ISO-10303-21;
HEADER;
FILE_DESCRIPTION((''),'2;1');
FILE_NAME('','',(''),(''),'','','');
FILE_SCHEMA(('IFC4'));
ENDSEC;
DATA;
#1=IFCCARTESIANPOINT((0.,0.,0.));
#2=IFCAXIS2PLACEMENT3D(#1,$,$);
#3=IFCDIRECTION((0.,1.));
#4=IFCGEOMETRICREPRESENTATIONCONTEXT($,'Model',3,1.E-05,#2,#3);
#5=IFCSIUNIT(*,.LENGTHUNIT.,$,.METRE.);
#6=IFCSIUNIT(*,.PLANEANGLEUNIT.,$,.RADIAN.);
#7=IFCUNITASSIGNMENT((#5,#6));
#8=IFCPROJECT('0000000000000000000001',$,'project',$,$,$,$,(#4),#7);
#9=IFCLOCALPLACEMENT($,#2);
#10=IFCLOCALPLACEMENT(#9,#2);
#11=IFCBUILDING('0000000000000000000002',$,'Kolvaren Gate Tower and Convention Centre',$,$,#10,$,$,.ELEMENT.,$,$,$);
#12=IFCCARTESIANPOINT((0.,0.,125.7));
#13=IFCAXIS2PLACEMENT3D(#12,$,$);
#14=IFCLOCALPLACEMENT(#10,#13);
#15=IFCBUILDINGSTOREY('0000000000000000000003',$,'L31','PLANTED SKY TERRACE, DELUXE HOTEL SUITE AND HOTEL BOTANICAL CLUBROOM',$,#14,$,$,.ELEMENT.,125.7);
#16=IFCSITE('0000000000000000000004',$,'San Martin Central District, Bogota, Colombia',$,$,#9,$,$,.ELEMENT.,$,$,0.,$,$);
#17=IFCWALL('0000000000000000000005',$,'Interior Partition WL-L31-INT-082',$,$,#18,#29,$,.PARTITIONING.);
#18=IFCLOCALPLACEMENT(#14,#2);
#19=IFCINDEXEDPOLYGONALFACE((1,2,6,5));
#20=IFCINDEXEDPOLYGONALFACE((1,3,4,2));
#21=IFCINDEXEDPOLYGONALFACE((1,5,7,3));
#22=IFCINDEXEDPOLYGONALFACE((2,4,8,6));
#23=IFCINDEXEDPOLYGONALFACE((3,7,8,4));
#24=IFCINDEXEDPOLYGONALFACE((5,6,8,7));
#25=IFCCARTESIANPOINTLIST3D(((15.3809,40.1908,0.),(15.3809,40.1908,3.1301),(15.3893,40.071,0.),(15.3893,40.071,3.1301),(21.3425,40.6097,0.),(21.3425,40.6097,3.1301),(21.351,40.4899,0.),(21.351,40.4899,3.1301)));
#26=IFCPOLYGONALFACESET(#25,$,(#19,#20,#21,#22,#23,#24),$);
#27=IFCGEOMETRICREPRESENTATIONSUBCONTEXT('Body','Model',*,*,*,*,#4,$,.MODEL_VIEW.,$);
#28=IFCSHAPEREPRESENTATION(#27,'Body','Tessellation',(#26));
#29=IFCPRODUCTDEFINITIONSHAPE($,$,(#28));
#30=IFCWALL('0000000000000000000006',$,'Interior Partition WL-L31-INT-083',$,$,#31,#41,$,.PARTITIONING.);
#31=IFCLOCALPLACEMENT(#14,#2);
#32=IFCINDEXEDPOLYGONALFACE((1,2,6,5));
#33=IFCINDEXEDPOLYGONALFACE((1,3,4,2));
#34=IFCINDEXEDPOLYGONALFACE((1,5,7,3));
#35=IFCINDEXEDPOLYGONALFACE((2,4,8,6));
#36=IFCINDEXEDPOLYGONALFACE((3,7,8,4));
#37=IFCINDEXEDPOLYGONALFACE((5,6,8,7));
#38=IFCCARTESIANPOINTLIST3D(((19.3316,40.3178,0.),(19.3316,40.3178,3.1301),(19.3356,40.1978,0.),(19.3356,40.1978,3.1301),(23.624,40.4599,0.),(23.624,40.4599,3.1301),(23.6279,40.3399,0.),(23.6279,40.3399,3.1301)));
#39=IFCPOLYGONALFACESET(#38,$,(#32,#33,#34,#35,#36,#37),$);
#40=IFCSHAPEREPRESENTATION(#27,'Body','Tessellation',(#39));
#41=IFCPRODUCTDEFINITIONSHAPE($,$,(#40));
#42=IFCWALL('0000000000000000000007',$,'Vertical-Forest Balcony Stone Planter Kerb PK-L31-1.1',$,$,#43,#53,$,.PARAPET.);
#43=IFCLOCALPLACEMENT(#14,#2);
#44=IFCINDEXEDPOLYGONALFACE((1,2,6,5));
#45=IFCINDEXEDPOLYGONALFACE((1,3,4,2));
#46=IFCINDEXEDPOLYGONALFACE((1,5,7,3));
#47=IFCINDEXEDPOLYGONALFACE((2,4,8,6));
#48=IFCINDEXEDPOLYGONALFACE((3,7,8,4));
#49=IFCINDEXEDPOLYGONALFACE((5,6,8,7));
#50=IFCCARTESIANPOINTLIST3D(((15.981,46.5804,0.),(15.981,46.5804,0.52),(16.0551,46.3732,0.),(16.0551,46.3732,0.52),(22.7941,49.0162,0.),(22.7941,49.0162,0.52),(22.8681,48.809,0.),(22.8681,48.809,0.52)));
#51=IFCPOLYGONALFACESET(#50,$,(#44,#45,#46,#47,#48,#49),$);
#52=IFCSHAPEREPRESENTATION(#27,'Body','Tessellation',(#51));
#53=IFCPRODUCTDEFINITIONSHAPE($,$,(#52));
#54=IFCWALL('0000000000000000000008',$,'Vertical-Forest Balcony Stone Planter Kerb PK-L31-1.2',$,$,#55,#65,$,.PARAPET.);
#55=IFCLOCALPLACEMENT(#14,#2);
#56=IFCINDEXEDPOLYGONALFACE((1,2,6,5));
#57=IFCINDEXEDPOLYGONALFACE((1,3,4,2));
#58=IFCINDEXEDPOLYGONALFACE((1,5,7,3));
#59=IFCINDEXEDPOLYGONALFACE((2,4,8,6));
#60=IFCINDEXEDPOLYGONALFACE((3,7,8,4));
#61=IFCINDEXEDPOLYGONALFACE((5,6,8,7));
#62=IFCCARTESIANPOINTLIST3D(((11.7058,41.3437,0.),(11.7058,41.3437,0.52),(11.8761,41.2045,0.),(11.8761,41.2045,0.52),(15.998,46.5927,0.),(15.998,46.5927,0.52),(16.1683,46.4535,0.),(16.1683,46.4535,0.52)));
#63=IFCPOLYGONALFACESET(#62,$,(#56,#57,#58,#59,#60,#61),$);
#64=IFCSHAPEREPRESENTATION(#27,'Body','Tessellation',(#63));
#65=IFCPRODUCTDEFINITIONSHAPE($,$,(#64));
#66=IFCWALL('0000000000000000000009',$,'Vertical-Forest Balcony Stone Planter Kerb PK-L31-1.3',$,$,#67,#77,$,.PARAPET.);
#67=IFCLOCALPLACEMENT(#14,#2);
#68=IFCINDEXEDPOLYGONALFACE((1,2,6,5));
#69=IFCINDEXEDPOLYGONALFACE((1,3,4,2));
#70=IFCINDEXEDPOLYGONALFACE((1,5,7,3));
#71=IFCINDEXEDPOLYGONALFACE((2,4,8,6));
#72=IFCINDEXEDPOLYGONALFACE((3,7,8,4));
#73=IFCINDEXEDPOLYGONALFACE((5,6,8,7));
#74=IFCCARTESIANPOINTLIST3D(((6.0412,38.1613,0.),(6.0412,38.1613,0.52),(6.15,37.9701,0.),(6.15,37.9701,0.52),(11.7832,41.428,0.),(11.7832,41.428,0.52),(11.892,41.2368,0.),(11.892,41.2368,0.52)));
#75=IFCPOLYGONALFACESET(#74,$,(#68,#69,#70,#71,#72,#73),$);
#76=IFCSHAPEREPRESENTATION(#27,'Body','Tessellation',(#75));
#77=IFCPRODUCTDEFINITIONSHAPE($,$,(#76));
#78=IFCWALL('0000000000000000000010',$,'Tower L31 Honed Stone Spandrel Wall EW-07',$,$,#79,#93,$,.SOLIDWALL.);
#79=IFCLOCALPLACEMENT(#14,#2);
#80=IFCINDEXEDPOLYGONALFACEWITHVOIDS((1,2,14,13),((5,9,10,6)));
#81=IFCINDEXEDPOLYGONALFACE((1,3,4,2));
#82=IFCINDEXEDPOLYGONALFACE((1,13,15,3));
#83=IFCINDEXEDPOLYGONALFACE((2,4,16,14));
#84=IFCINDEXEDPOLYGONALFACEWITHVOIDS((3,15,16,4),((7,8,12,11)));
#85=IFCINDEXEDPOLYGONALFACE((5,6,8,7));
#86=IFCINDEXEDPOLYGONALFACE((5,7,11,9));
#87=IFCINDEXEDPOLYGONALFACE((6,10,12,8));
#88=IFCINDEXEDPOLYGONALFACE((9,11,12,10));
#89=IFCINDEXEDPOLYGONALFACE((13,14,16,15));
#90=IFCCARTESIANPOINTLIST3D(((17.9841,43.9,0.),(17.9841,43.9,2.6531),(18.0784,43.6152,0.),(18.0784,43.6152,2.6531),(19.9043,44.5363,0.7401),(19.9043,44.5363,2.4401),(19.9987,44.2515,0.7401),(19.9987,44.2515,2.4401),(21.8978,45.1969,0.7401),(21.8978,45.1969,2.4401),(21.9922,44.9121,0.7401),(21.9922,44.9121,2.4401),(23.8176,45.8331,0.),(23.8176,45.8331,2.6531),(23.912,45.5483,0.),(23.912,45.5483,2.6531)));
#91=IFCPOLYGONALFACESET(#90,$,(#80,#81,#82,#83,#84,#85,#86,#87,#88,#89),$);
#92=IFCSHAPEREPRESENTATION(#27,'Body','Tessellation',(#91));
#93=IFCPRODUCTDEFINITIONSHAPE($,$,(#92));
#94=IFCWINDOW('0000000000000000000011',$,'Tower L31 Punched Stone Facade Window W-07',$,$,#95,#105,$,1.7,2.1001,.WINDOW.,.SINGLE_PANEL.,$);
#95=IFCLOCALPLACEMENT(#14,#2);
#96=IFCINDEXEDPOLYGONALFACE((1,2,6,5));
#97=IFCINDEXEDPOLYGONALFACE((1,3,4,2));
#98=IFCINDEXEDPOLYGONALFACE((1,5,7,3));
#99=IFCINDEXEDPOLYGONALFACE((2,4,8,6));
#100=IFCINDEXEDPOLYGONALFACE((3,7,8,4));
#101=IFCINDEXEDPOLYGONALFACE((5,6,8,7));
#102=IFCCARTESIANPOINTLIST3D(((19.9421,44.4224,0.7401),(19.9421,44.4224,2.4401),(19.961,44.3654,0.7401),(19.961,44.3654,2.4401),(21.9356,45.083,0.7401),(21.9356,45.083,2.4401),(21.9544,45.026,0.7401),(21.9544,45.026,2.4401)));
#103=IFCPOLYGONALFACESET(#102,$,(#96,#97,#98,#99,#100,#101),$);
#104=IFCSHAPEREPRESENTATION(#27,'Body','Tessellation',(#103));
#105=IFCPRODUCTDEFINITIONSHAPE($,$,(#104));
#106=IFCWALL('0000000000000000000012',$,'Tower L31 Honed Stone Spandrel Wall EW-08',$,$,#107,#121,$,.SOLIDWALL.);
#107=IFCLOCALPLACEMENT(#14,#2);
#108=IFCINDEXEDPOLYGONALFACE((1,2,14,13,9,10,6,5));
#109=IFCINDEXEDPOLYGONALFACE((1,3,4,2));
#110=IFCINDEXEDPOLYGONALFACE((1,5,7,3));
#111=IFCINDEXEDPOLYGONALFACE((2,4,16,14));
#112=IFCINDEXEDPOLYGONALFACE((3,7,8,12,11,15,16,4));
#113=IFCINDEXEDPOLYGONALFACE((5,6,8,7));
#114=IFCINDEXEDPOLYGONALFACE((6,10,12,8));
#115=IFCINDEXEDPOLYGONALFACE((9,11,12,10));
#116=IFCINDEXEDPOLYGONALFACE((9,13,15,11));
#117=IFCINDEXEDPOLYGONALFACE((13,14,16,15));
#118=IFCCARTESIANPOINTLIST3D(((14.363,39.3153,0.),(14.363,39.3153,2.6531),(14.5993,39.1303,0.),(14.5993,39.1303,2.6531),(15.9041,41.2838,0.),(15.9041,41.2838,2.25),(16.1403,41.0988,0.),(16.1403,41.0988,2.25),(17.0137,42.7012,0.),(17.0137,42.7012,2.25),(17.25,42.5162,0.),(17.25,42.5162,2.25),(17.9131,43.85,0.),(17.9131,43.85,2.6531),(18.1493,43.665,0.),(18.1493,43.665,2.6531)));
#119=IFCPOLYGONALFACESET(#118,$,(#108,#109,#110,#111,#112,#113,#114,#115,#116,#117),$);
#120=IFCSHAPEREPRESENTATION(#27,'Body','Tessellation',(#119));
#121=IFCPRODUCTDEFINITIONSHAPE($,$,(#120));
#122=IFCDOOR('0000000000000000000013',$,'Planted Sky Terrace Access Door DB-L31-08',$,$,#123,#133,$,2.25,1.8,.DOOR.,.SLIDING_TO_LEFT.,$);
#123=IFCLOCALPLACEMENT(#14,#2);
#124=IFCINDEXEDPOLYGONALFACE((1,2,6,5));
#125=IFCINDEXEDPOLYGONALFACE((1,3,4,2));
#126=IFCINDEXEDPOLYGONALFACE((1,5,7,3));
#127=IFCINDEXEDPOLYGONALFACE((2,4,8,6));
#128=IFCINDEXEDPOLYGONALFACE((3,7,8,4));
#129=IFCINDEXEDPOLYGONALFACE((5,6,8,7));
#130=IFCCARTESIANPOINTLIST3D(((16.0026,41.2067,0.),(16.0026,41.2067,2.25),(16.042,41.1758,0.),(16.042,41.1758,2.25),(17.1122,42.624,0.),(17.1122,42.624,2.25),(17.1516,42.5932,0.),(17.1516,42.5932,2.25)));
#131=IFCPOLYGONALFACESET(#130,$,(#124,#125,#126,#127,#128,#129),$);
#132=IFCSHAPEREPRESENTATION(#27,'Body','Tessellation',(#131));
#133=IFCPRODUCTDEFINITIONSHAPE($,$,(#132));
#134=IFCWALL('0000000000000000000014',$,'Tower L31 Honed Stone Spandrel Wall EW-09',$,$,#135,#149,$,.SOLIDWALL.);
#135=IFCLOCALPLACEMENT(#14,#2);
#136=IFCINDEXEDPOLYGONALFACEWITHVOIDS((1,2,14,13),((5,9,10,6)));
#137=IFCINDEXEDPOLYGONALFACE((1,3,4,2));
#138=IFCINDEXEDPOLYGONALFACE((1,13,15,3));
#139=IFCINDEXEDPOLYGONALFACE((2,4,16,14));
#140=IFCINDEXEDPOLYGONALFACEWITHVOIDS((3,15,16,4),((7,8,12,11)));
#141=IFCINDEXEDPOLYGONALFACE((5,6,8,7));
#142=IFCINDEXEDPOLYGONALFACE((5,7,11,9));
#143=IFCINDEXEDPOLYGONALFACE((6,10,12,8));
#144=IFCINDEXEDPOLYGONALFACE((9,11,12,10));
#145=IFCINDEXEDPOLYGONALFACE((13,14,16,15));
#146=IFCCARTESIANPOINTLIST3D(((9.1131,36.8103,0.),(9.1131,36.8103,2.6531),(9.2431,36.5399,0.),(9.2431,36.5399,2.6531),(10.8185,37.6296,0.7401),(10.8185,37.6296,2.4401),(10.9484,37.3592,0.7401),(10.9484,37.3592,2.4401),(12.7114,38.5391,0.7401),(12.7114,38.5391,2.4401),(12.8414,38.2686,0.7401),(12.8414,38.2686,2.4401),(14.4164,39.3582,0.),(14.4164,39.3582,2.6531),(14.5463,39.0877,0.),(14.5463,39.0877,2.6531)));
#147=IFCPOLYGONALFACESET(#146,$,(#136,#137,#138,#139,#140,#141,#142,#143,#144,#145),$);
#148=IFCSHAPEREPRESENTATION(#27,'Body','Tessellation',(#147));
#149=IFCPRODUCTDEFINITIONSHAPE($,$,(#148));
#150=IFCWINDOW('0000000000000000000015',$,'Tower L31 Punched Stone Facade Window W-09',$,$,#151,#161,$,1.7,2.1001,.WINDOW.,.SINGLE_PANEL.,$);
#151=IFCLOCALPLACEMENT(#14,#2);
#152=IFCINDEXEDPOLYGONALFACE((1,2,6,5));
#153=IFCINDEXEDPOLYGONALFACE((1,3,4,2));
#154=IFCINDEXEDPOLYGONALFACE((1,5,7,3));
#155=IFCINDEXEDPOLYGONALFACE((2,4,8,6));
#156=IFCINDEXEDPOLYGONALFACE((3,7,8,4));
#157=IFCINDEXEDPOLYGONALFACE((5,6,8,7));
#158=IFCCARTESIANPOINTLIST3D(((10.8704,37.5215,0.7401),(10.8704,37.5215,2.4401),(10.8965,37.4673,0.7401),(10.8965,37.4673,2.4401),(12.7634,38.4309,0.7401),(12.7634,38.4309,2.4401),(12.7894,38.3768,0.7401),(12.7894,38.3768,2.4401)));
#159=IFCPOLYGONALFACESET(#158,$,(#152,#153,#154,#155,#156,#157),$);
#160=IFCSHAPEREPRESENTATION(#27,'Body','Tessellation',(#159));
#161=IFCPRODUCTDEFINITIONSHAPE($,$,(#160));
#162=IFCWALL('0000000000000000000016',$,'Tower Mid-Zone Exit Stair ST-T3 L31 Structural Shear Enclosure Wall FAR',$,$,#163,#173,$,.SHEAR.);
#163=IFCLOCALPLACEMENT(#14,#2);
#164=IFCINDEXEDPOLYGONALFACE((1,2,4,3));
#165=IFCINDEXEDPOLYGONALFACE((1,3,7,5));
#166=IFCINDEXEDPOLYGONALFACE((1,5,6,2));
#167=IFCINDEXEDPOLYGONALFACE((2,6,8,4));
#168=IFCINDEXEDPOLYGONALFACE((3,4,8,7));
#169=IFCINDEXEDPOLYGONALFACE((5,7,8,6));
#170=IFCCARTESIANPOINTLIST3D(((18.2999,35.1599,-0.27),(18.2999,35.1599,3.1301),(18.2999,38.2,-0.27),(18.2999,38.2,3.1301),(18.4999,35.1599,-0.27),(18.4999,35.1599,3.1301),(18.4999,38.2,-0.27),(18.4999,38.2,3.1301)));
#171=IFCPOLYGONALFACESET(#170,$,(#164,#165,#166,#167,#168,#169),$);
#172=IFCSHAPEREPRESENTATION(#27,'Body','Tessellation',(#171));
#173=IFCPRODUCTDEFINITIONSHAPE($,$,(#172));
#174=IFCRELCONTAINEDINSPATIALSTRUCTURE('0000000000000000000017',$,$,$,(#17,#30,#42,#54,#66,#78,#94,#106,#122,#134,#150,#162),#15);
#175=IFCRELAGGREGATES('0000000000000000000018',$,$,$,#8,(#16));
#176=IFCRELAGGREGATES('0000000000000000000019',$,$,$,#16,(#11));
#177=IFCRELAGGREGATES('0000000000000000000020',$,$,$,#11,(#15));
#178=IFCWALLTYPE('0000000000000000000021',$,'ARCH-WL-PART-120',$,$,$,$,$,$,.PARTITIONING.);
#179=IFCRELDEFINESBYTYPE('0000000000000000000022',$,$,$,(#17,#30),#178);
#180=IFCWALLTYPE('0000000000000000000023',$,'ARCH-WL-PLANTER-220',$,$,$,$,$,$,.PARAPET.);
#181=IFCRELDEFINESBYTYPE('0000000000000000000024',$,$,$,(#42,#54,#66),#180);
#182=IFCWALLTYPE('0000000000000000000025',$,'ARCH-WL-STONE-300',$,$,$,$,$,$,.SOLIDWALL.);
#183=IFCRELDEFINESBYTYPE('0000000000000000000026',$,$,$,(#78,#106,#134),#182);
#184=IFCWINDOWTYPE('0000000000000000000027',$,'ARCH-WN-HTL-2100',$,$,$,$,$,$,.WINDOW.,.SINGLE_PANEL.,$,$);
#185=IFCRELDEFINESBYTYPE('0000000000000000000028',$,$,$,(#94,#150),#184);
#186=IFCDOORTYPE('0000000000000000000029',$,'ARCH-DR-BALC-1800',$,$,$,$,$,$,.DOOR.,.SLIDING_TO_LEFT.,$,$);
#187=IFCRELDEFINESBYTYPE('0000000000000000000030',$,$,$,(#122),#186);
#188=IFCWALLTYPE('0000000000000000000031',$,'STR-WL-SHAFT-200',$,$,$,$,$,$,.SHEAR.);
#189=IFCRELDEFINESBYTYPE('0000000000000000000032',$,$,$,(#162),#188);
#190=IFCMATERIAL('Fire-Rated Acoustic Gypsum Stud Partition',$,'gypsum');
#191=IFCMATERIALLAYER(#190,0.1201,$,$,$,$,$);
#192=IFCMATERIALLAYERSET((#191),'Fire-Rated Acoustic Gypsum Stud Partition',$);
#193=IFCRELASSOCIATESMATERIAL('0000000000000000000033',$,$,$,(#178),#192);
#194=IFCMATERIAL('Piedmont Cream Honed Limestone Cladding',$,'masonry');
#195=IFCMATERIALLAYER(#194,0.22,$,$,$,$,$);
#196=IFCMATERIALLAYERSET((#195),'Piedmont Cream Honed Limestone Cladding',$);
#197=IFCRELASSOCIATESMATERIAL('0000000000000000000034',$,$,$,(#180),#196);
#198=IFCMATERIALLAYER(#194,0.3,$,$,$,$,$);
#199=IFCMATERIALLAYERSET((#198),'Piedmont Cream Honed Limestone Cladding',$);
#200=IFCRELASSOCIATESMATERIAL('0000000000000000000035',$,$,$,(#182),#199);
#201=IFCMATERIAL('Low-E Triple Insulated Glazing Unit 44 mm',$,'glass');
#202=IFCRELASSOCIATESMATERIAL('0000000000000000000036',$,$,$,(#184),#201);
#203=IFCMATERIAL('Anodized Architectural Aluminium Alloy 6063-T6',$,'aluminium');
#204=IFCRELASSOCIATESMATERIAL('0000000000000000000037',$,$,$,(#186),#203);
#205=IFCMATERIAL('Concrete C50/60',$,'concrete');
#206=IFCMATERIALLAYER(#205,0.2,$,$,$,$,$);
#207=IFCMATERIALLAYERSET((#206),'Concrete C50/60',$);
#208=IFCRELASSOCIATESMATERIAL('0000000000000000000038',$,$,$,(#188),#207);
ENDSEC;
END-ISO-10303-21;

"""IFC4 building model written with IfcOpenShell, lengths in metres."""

from ifc_helpers import new_model, si_unit, direction, frame, frame_2d, origin, place, context, subcontext, project, spatial, rectangle, extrude, material, layer, layer_set, type_object, element, fill, save


model = new_model("IFC4")

# Units and contexts
model_context = context("Model", 3, precision=1e-05, world=origin(), true_north=direction((0.0, 1.0)))
body_context = subcontext(model_context, "Body", "Model", "MODEL_VIEW")
ifc_project = project(units=[si_unit("LENGTHUNIT", "METRE"), si_unit("PLANEANGLEUNIT", "RADIAN")], contexts=[model_context])

# Site, building, storey
site_placement = place(None, origin())
site = spatial("IfcSite", under=ifc_project, at=site_placement, Name="San Martin Central District, Bogota, Colombia", CompositionType="ELEMENT", RefElevation=0.0)
building_placement = place(site_placement, origin())
building = spatial("IfcBuilding", under=site, at=building_placement, Name="Kolvaren Gate Tower and Convention Centre", CompositionType="ELEMENT")
storey_placement = place(building_placement, frame((0.0, 0.0, 125.7)))
storey = spatial("IfcBuildingStorey", under=building, at=storey_placement, Name="L31", Description="PLANTED SKY TERRACE, DELUXE HOTEL SUITE AND HOTEL BOTANICAL CLUBROOM", CompositionType="ELEMENT", Elevation=125.7)

# Walls
ifc_material_1 = material(Name="Fire-Rated Acoustic Gypsum Stud Partition", Category="gypsum")
ifc_layer_1 = layer(ifc_material_1, 0.1201)
ifc_layer_set_1 = layer_set([ifc_layer_1], Name="Fire-Rated Acoustic Gypsum Stud Partition")
wall_type_1 = type_object("IfcWallType", Name="ARCH-WL-PART-120", PredefinedType="PARTITIONING", material=ifc_layer_set_1)
wall_1_placement = place(storey_placement, frame((15.385, 40.1309, 0.0), z_axis=(0.0, 0.0, 1.0), x_axis=(0.99754, 0.0701, 0.0)))
element("IfcWall", 1, at=wall_1_placement, inside=storey, type_object=wall_type_1, Name="Interior Partition WL-L31-INT-082", PredefinedType="PARTITIONING", context=body_context, shape_type="SweptSolid", body=[
    extrude(rectangle(XDim=5.9763, YDim=0.1201, at=frame_2d((2.9883, 0.0))), origin(), (0.0, 0.0, 1.0), 3.1301),
])
wall_2_placement = place(storey_placement, frame((19.3335, 40.2578, 0.0), z_axis=(0.0, 0.0, 1.0), x_axis=(0.999453, 0.033086, 0.0)))
element("IfcWall", 2, at=wall_2_placement, inside=storey, type_object=wall_type_1, Name="Interior Partition WL-L31-INT-083", PredefinedType="PARTITIONING", context=body_context, shape_type="SweptSolid", body=[
    extrude(rectangle(XDim=4.2947, YDim=0.1201, at=frame_2d((2.1475, 0.0))), origin(), (0.0, 0.0, 1.0), 3.1301),
])
ifc_material_2 = material(Name="Piedmont Cream Honed Limestone Cladding", Category="masonry")
ifc_layer_2 = layer(ifc_material_2, 0.22)
ifc_layer_set_2 = layer_set([ifc_layer_2], Name="Piedmont Cream Honed Limestone Cladding")
wall_type_2 = type_object("IfcWallType", Name="ARCH-WL-PLANTER-220", PredefinedType="PARAPET", material=ifc_layer_set_2)
wall_3_placement = place(storey_placement, frame((16.0181, 46.4768, 0.0), z_axis=(0.0, 0.0, 1.0), x_axis=(0.941629, 0.336653, 0.0)))
element("IfcWall", 3, at=wall_3_placement, inside=storey, type_object=wall_type_2, Name="Vertical-Forest Balcony Stone Planter Kerb PK-L31-1.1", PredefinedType="PARAPET", context=body_context, shape_type="SweptSolid", body=[
    extrude(rectangle(XDim=7.2354, YDim=0.22, at=frame_2d((3.6177, 0.0))), origin(), (0.0, 0.0, 1.0), 0.52),
])
wall_4_placement = place(storey_placement, frame((11.791, 41.2742, 0.0), z_axis=(0.0, 0.0, 1.0), x_axis=(0.633024, 0.774132, 0.0)))
element("IfcWall", 4, at=wall_4_placement, inside=storey, type_object=wall_type_2, Name="Vertical-Forest Balcony Stone Planter Kerb PK-L31-1.2", PredefinedType="PARAPET", context=body_context, shape_type="SweptSolid", body=[
    extrude(rectangle(XDim=6.7805, YDim=0.22, at=frame_2d((3.3901, 0.0))), origin(), (0.0, 0.0, 1.0), 0.52),
])
wall_5_placement = place(storey_placement, frame((6.0955, 38.0657, 0.0), z_axis=(0.0, 0.0, 1.0), x_axis=(0.869188, 0.494482, 0.0)))
element("IfcWall", 5, at=wall_5_placement, inside=storey, type_object=wall_type_2, Name="Vertical-Forest Balcony Stone Planter Kerb PK-L31-1.3", PredefinedType="PARAPET", context=body_context, shape_type="SweptSolid", body=[
    extrude(rectangle(XDim=6.6062, YDim=0.22, at=frame_2d((3.3032, 0.0))), origin(), (0.0, 0.0, 1.0), 0.52),
])

# Wall, opening, window
ifc_layer_3 = layer(ifc_material_2, 0.3)
ifc_layer_set_3 = layer_set([ifc_layer_3], Name="Piedmont Cream Honed Limestone Cladding")
wall_type_3 = type_object("IfcWallType", Name="ARCH-WL-STONE-300", PredefinedType="SOLIDWALL", material=ifc_layer_set_3)
wall_6_placement = place(storey_placement, frame((18.0312, 43.7576, 0.0), z_axis=(0.0, 0.0, 1.0), x_axis=(0.949238, 0.314559, 0.0)))
wall_6 = element("IfcWall", 6, at=wall_6_placement, inside=storey, type_object=wall_type_3, Name="Tower L31 Honed Stone Spandrel Wall EW-07", PredefinedType="SOLIDWALL", context=body_context, shape_type="SweptSolid", body=[
    extrude(rectangle(XDim=6.1455, YDim=0.3, at=frame_2d((3.0728, 0.0))), origin(), (0.0, 0.0, 1.0), 2.6531),
])
opening_1_placement = place(wall_6_placement, frame((2.0229, 0.0, 0.74)))
opening_1 = element("IfcOpeningElement", 7, at=opening_1_placement, cuts=wall_6, PredefinedType="OPENING", context=body_context, shape_type="SweptSolid", body=[
    extrude(rectangle(XDim=2.1001, YDim=1.7, at=frame_2d((1.05, 0.8501))), frame((0.0, 0.1599, 0.0), z_axis=(0.0, -1.0, 0.0), x_axis=(1.0, 0.0, 0.0)), (0.0, 0.0, 1.0), 0.3201),
])
ifc_material_3 = material(Name="Low-E Triple Insulated Glazing Unit 44 mm", Category="glass")
window_type = type_object("IfcWindowType", Name="ARCH-WN-HTL-2100", PartitioningType="SINGLE_PANEL", PredefinedType="WINDOW", material=ifc_material_3)
window_1_placement = place(opening_1_placement, origin())
window_1 = element("IfcWindow", 8, at=window_1_placement, inside=storey, type_object=window_type, Name="Tower L31 Punched Stone Facade Window W-07", OverallHeight=1.7, OverallWidth=2.1001, PartitioningType="SINGLE_PANEL", PredefinedType="WINDOW", context=body_context, shape_type="SweptSolid", body=[
    extrude(rectangle(XDim=2.1001, YDim=1.7, at=frame_2d((1.05, 0.8501))), frame((0.0, 0.03, 0.0), z_axis=(0.0, -1.0, 0.0), x_axis=(1.0, 0.0, 0.0)), (0.0, 0.0, 1.0), 0.0601),
])
fill(opening_1, window_1)

# Wall, opening, door
wall_7_placement = place(storey_placement, frame((14.4812, 39.2229, 0.0), z_axis=(0.0, 0.0, 1.0), x_axis=(0.616435, 0.787406, 0.0)))
wall_7 = element("IfcWall", 9, at=wall_7_placement, inside=storey, type_object=wall_type_3, Name="Tower L31 Honed Stone Spandrel Wall EW-08", PredefinedType="SOLIDWALL", context=body_context, shape_type="SweptSolid", body=[
    extrude(rectangle(XDim=5.759, YDim=0.3, at=frame_2d((2.8794, 0.0))), origin(), (0.0, 0.0, 1.0), 2.6531),
])
opening_2_placement = place(wall_7_placement, frame((2.5, 0.0, 0.0)))
opening_2 = element("IfcOpeningElement", 10, at=opening_2_placement, cuts=wall_7, PredefinedType="OPENING", context=body_context, shape_type="SweptSolid", body=[
    extrude(rectangle(XDim=1.8, YDim=2.25, at=frame_2d((0.8999, 1.125))), frame((0.0, 0.1599, 0.0), z_axis=(0.0, -1.0, 0.0), x_axis=(1.0, 0.0, 0.0)), (0.0, 0.0, 1.0), 0.3201),
])
ifc_material_4 = material(Name="Anodized Architectural Aluminium Alloy 6063-T6", Category="aluminium")
door_type = type_object("IfcDoorType", Name="ARCH-DR-BALC-1800", OperationType="SLIDING_TO_LEFT", PredefinedType="DOOR", material=ifc_material_4)
door_placement = place(opening_2_placement, origin())
door = element("IfcDoor", 11, at=door_placement, inside=storey, type_object=door_type, Name="Planted Sky Terrace Access Door DB-L31-08", OperationType="SLIDING_TO_LEFT", OverallHeight=2.25, OverallWidth=1.8, PredefinedType="DOOR", context=body_context, shape_type="SweptSolid", body=[
    extrude(rectangle(XDim=1.8, YDim=2.25, at=frame_2d((0.8999, 1.125))), frame((0.0, 0.0249, 0.0), z_axis=(0.0, -1.0, 0.0), x_axis=(1.0, 0.0, 0.0)), (0.0, 0.0, 1.0), 0.05),
])
fill(opening_2, door)

# Wall, opening, window
wall_8_placement = place(storey_placement, frame((9.178, 36.675, 0.0), z_axis=(0.0, 0.0, 1.0), x_axis=(0.90137, 0.433049, 0.0)))
wall_8 = element("IfcWall", 12, at=wall_8_placement, inside=storey, type_object=wall_type_3, Name="Tower L31 Honed Stone Spandrel Wall EW-09", PredefinedType="SOLIDWALL", context=body_context, shape_type="SweptSolid", body=[
    extrude(rectangle(XDim=5.8835, YDim=0.3, at=frame_2d((2.9419, 0.0))), origin(), (0.0, 0.0, 1.0), 2.6531),
])
opening_3_placement = place(wall_8_placement, frame((1.8921, 0.0, 0.74)))
opening_3 = element("IfcOpeningElement", 13, at=opening_3_placement, cuts=wall_8, PredefinedType="OPENING", context=body_context, shape_type="SweptSolid", body=[
    extrude(rectangle(XDim=2.1001, YDim=1.7, at=frame_2d((1.05, 0.8501))), frame((0.0, 0.1599, 0.0), z_axis=(0.0, -1.0, 0.0), x_axis=(1.0, 0.0, 0.0)), (0.0, 0.0, 1.0), 0.3201),
])
window_2_placement = place(opening_3_placement, origin())
window_2 = element("IfcWindow", 14, at=window_2_placement, inside=storey, type_object=window_type, Name="Tower L31 Punched Stone Facade Window W-09", OverallHeight=1.7, OverallWidth=2.1001, PartitioningType="SINGLE_PANEL", PredefinedType="WINDOW", context=body_context, shape_type="SweptSolid", body=[
    extrude(rectangle(XDim=2.1001, YDim=1.7, at=frame_2d((1.05, 0.8501))), frame((0.0, 0.03, 0.0), z_axis=(0.0, -1.0, 0.0), x_axis=(1.0, 0.0, 0.0)), (0.0, 0.0, 1.0), 0.0601),
])
fill(opening_3, window_2)

# Wall
ifc_material_5 = material(Name="Concrete C50/60", Category="concrete")
ifc_layer_4 = layer(ifc_material_5, 0.2)
ifc_layer_set_4 = layer_set([ifc_layer_4], Name="Concrete C50/60")
wall_type_4 = type_object("IfcWallType", Name="STR-WL-SHAFT-200", PredefinedType="SHEAR", material=ifc_layer_set_4)
wall_9_placement = place(storey_placement, frame((18.3999, 35.1599, -0.27), z_axis=(0.0, 0.0, 1.0), x_axis=(0.0, 1.0, 0.0)))
element("IfcWall", 15, at=wall_9_placement, inside=storey, type_object=wall_type_4, Name="Tower Mid-Zone Exit Stair ST-T3 L31 Structural Shear Enclosure Wall FAR", PredefinedType="SHEAR", context=body_context, shape_type="SweptSolid", body=[
    extrude(rectangle(XDim=3.04, YDim=0.2, at=frame_2d((1.52, 0.0))), origin(), (0.0, 0.0, 1.0), 3.4001),
])

save(model, "model.ifc")
